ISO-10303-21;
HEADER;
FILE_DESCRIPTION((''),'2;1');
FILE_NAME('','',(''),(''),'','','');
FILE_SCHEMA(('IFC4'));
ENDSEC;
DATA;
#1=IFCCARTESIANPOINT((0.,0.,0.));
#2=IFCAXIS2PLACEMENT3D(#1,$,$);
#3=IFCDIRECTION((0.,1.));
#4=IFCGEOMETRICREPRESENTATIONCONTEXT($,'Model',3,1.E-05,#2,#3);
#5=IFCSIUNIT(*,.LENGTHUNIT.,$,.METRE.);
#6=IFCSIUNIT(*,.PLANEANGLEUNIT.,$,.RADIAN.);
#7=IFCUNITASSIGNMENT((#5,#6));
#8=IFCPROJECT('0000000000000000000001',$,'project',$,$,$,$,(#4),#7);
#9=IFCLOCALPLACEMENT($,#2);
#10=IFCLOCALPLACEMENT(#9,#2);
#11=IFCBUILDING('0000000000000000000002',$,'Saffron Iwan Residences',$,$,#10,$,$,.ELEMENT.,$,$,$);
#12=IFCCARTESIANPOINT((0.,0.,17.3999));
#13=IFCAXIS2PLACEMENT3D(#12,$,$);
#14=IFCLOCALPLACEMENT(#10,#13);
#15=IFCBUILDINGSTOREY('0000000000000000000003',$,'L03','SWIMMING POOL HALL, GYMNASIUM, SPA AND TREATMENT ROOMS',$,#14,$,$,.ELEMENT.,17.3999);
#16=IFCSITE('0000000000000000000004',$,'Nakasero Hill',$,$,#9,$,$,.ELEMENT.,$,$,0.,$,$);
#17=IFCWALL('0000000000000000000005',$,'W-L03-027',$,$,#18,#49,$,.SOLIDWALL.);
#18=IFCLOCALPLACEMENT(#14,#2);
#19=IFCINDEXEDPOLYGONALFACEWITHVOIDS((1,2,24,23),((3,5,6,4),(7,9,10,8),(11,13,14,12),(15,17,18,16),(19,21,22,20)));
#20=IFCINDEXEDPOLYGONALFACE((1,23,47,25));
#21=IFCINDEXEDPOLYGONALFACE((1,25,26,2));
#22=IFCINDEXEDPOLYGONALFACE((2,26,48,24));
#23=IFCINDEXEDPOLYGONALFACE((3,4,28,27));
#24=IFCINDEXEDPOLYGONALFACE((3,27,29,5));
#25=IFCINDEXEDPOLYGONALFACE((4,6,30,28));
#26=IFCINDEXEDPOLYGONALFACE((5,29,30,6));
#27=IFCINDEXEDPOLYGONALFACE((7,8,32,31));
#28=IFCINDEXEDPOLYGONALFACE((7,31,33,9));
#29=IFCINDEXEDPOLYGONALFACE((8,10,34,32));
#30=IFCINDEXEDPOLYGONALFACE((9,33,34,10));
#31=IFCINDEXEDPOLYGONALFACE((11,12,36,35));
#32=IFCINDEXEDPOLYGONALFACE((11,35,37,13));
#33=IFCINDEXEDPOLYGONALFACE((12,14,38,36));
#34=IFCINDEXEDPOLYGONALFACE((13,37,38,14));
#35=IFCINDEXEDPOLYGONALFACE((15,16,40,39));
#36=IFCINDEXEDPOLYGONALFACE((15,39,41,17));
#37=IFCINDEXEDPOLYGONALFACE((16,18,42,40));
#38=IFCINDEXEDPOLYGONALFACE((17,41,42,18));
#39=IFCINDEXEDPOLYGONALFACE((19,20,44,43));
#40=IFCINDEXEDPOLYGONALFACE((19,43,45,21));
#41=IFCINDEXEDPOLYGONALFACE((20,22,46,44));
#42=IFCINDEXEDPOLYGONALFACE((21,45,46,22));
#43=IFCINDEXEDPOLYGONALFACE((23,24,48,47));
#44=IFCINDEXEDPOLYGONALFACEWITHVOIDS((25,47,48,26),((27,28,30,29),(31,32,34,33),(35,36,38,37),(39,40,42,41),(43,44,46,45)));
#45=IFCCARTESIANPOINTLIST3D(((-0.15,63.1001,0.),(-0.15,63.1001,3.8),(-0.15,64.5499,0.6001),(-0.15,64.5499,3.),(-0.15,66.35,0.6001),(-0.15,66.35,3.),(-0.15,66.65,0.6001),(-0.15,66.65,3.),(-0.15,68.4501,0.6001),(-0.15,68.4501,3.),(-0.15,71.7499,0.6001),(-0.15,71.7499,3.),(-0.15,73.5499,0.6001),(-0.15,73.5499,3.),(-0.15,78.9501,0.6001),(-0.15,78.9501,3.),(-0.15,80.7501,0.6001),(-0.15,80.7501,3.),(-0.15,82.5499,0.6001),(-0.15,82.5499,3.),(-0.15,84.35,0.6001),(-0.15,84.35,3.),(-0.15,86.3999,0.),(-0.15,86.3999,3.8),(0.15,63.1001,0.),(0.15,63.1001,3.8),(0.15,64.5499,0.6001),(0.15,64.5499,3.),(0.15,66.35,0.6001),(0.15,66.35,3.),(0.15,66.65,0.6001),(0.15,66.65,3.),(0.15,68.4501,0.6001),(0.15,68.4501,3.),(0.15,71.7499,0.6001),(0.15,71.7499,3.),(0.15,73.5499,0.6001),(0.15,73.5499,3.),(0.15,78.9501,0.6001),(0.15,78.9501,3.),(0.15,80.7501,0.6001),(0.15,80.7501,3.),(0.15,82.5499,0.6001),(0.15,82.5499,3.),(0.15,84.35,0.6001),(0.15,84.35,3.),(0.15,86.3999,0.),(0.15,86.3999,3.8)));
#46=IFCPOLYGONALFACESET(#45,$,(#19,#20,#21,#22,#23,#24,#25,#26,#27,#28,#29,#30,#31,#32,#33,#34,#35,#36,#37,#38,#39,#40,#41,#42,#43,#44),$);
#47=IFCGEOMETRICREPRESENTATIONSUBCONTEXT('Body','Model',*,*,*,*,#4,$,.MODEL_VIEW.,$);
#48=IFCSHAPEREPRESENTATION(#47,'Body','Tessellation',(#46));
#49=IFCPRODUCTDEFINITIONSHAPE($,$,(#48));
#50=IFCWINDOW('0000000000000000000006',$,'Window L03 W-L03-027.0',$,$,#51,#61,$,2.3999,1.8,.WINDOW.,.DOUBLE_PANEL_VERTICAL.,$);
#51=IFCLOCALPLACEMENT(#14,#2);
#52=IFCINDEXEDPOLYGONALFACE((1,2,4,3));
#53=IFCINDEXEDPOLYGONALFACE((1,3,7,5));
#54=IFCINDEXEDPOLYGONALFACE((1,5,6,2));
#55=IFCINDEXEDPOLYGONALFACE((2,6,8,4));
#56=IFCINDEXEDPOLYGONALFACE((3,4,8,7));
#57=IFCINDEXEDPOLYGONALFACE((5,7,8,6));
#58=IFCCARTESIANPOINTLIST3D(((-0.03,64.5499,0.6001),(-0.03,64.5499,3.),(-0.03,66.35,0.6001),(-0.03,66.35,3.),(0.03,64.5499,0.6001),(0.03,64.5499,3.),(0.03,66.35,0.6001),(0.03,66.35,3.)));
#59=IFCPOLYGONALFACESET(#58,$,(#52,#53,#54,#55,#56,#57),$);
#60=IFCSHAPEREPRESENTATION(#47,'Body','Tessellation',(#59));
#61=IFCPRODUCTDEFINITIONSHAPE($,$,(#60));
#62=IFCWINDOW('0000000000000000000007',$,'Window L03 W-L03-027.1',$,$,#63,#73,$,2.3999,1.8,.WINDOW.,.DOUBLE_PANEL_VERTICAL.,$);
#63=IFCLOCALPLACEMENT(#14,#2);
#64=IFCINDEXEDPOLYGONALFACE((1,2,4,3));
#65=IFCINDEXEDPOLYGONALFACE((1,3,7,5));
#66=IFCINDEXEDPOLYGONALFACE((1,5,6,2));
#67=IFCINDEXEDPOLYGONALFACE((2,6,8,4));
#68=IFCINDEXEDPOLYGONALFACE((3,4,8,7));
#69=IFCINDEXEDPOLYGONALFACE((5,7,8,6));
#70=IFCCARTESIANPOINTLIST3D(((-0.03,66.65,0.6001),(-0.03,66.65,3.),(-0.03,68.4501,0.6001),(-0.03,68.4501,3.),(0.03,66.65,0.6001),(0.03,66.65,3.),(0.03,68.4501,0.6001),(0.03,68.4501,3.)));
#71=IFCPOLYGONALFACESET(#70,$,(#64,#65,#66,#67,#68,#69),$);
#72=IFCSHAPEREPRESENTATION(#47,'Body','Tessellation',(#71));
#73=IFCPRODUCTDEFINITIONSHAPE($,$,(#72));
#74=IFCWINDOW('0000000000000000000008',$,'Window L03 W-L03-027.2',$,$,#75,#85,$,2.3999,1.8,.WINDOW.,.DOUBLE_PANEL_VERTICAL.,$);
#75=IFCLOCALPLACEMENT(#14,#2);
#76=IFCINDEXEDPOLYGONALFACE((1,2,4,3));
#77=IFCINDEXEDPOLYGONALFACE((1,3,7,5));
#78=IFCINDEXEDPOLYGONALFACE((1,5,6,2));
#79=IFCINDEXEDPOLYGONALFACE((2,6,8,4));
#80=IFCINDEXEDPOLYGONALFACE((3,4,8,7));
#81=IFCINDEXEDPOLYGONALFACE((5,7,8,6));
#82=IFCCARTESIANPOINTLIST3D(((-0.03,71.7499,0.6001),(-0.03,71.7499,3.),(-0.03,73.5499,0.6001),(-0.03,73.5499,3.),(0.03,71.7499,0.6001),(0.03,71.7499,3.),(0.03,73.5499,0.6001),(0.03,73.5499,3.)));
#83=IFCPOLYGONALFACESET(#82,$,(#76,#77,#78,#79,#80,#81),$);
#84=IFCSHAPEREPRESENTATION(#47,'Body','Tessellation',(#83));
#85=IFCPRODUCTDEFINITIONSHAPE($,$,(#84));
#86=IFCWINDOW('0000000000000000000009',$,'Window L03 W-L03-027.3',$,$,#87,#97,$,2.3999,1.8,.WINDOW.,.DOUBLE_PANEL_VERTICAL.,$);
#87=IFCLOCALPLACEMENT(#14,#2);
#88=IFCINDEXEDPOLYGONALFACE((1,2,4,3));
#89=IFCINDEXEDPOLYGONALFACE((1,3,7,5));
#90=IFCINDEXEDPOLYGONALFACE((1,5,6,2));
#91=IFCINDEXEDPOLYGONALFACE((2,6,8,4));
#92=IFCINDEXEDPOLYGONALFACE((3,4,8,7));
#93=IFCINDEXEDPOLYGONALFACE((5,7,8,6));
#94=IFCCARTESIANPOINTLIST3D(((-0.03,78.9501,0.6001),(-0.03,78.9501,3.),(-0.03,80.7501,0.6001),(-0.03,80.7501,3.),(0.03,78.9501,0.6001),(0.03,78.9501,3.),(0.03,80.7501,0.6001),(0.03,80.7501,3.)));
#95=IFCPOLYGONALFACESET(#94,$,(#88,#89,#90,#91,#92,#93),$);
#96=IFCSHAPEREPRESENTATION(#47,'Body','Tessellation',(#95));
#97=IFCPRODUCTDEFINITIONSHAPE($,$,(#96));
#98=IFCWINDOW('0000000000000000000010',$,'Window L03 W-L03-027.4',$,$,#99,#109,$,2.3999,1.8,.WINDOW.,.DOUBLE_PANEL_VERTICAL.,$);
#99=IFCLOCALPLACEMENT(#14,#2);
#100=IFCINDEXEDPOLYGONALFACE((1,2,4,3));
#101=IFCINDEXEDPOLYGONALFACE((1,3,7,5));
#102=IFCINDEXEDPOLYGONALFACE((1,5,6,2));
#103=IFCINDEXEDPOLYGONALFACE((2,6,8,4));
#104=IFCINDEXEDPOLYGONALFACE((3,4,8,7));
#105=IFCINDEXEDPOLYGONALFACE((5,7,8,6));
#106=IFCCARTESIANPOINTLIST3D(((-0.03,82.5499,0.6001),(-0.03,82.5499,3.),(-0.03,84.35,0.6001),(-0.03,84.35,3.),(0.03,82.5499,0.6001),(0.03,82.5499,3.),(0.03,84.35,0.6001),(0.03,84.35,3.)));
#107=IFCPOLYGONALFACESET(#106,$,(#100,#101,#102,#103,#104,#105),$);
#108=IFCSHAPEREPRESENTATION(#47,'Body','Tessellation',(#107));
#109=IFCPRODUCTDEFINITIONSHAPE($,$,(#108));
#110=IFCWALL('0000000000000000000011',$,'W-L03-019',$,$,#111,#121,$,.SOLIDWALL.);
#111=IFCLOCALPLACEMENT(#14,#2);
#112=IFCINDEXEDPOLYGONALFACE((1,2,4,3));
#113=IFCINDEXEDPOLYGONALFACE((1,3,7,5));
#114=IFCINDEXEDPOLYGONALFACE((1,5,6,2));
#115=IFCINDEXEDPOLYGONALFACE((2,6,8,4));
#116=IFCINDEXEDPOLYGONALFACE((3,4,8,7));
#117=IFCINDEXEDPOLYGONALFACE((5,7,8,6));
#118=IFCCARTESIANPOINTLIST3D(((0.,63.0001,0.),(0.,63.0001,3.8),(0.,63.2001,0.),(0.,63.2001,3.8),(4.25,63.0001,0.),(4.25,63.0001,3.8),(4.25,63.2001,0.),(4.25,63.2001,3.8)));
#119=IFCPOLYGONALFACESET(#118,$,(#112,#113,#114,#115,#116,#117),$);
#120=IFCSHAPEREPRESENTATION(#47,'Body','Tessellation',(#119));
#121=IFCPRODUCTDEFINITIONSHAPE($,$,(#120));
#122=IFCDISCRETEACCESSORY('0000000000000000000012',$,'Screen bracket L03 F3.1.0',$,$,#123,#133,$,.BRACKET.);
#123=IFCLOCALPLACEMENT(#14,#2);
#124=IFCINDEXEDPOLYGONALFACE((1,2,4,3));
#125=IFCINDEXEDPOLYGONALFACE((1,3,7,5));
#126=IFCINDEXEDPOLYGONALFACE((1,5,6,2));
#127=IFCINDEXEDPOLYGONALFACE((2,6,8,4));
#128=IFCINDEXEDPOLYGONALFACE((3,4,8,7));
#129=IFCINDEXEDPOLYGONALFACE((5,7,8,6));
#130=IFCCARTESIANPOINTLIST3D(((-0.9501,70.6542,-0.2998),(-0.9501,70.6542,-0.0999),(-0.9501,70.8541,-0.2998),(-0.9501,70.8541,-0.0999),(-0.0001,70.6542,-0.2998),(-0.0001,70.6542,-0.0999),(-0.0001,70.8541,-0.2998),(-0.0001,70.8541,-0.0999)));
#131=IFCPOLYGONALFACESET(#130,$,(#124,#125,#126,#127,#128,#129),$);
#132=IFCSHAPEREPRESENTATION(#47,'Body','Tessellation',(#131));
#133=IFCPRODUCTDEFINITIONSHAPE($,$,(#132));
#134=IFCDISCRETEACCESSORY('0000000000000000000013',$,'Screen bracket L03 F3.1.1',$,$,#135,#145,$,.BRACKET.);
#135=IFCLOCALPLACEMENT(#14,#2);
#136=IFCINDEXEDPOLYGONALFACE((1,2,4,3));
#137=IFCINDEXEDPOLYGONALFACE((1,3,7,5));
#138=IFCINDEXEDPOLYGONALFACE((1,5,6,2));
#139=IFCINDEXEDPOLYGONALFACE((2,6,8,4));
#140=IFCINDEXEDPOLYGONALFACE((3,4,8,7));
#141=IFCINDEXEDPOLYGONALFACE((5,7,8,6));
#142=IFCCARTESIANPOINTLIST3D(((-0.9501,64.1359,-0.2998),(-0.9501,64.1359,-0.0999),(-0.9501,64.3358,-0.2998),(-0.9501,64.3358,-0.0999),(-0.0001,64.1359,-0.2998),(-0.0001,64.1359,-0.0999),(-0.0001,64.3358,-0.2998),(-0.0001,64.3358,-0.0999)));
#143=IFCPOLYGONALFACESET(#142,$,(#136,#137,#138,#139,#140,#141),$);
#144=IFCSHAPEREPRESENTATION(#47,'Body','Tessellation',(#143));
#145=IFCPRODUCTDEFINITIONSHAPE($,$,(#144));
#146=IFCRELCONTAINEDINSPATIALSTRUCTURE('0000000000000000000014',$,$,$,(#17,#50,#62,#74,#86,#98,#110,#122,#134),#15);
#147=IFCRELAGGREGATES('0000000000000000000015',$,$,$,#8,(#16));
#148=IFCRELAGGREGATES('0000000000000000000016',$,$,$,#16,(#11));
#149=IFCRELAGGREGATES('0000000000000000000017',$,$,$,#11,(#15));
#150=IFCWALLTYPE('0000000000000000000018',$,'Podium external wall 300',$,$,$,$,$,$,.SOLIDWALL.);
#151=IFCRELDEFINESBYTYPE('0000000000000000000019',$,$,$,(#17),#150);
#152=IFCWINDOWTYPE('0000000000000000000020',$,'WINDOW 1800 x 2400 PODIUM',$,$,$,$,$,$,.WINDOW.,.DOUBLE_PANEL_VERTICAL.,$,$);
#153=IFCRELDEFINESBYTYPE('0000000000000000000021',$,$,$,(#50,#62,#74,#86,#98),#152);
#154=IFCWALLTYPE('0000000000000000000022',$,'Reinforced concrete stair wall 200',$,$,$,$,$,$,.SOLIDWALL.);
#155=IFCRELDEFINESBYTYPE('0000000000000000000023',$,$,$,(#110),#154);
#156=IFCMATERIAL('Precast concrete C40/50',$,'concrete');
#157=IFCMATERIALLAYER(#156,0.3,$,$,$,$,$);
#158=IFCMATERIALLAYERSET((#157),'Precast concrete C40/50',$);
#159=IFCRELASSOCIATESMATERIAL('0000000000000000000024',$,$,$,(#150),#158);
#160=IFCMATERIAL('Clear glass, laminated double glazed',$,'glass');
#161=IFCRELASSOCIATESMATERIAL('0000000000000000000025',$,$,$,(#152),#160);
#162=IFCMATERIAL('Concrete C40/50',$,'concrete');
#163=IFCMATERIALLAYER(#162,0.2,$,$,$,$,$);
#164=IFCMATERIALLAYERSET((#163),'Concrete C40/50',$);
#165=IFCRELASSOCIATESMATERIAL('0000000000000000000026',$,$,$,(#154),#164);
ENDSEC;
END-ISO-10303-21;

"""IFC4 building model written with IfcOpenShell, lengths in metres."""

from ifc_helpers import new_model, si_unit, direction, frame, frame_2d, origin, origin_2d, place, context, subcontext, project, spatial, rectangle, extrude, source, transform, mapped, material, layer, layer_set, type_object, element, fill, save


model = new_model("IFC4")

# Units and contexts
model_context = context("Model", 3, precision=1e-05, world=origin(), true_north=direction((0.0, 1.0)))
body_context = subcontext(model_context, "Body", "Model", "MODEL_VIEW")
ifc_project = project(units=[si_unit("LENGTHUNIT", "METRE"), si_unit("PLANEANGLEUNIT", "RADIAN")], contexts=[model_context])

# Site, building, storey
site_placement = place(None, origin())
site = spatial("IfcSite", under=ifc_project, at=site_placement, Name="Nakasero Hill", CompositionType="ELEMENT", RefElevation=0.0)
building_placement = place(site_placement, origin())
building = spatial("IfcBuilding", under=site, at=building_placement, Name="Saffron Iwan Residences", CompositionType="ELEMENT")
storey_placement = place(building_placement, frame((0.0, 0.0, 17.3999)))
storey = spatial("IfcBuildingStorey", under=building, at=storey_placement, Name="L03", Description="SWIMMING POOL HALL, GYMNASIUM, SPA AND TREATMENT ROOMS", CompositionType="ELEMENT", Elevation=17.3999)

# Shared definitions
ifc_material_1 = material(Name="Concrete C40/50", Category="concrete")

# Wall, openings, windows
ifc_material_2 = material(Name="Precast concrete C40/50", Category="concrete")
ifc_layer_1 = layer(ifc_material_2, 0.3)
ifc_layer_set_1 = layer_set([ifc_layer_1], Name="Precast concrete C40/50")
wall_type_1 = type_object("IfcWallType", Name="Podium external wall 300", PredefinedType="SOLIDWALL", material=ifc_layer_set_1)
wall_1_placement = place(storey_placement, frame((0.0, 63.1001, 0.0), z_axis=(0.0, 0.0, 1.0), x_axis=(0.0, 1.0, 0.0)))
wall_1 = element("IfcWall", 1, at=wall_1_placement, inside=storey, type_object=wall_type_1, Name="W-L03-027", PredefinedType="SOLIDWALL", context=body_context, shape_type="SweptSolid", body=[
    extrude(rectangle(XDim=23.2998, YDim=0.3, at=frame_2d((11.6499, 0.0))), origin(), (0.0, 0.0, 1.0), 3.8),
])
opening_1_placement = place(wall_1_placement, frame((1.45, 0.0, 0.6001)))
opening_1 = element("IfcOpeningElement", 2, at=opening_1_placement, cuts=wall_1, PredefinedType="OPENING", context=body_context, shape_type="SweptSolid", body=[
    extrude(rectangle(XDim=1.8, YDim=2.3999, at=frame_2d((0.8999, 1.2))), frame((0.0, 0.1602, 0.0), z_axis=(0.0, -1.0, 0.0), x_axis=(1.0, 0.0, 0.0)), (0.0, 0.0, 1.0), 0.3201),
])
opening_2_placement = place(wall_1_placement, frame((3.55, 0.0, 0.6001)))
opening_2 = element("IfcOpeningElement", 3, at=opening_2_placement, cuts=wall_1, PredefinedType="OPENING", context=body_context, shape_type="SweptSolid", body=[
    extrude(rectangle(XDim=1.8, YDim=2.3999, at=frame_2d((0.8999, 1.2))), frame((0.0, 0.1602, 0.0), z_axis=(0.0, -1.0, 0.0), x_axis=(1.0, 0.0, 0.0)), (0.0, 0.0, 1.0), 0.3201),
])
opening_3_placement = place(wall_1_placement, frame((8.6499, 0.0, 0.6001)))
opening_3 = element("IfcOpeningElement", 4, at=opening_3_placement, cuts=wall_1, PredefinedType="OPENING", context=body_context, shape_type="SweptSolid", body=[
    extrude(rectangle(XDim=1.8, YDim=2.3999, at=frame_2d((0.8999, 1.2))), frame((0.0, 0.1602, 0.0), z_axis=(0.0, -1.0, 0.0), x_axis=(1.0, 0.0, 0.0)), (0.0, 0.0, 1.0), 0.3201),
])
opening_4_placement = place(wall_1_placement, frame((15.8501, 0.0, 0.6001)))
opening_4 = element("IfcOpeningElement", 5, at=opening_4_placement, cuts=wall_1, PredefinedType="OPENING", context=body_context, shape_type="SweptSolid", body=[
    extrude(rectangle(XDim=1.8, YDim=2.3999, at=frame_2d((0.8999, 1.2))), frame((0.0, 0.1602, 0.0), z_axis=(0.0, -1.0, 0.0), x_axis=(1.0, 0.0, 0.0)), (0.0, 0.0, 1.0), 0.3201),
])
opening_5_placement = place(wall_1_placement, frame((19.45, 0.0, 0.6001)))
opening_5 = element("IfcOpeningElement", 6, at=opening_5_placement, cuts=wall_1, PredefinedType="OPENING", context=body_context, shape_type="SweptSolid", body=[
    extrude(rectangle(XDim=1.8, YDim=2.3999, at=frame_2d((0.8999, 1.2))), frame((0.0, 0.1602, 0.0), z_axis=(0.0, -1.0, 0.0), x_axis=(1.0, 0.0, 0.0)), (0.0, 0.0, 1.0), 0.3201),
])
ifc_material_3 = material(Name="Clear glass, laminated double glazed", Category="glass")
window_type = type_object("IfcWindowType", Name="WINDOW 1800 x 2400 PODIUM", PartitioningType="DOUBLE_PANEL_VERTICAL", PredefinedType="WINDOW", material=ifc_material_3)
window_1_placement = place(opening_1_placement, origin())
window_1 = element("IfcWindow", 7, at=window_1_placement, inside=storey, type_object=window_type, Name="Window L03 W-L03-027.0", OverallHeight=2.3999, OverallWidth=1.8, PartitioningType="DOUBLE_PANEL_VERTICAL", PredefinedType="WINDOW", context=body_context, shape_type="SweptSolid", body=[
    extrude(rectangle(XDim=1.8, YDim=2.3999, at=frame_2d((0.8999, 1.2))), frame((0.0, 0.03, 0.0), z_axis=(0.0, -1.0, 0.0), x_axis=(1.0, 0.0, 0.0)), (0.0, 0.0, 1.0), 0.0601),
])
fill(opening_1, window_1)
window_2_placement = place(opening_2_placement, origin())
window_2 = element("IfcWindow", 8, at=window_2_placement, inside=storey, type_object=window_type, Name="Window L03 W-L03-027.1", OverallHeight=2.3999, OverallWidth=1.8, PartitioningType="DOUBLE_PANEL_VERTICAL", PredefinedType="WINDOW", context=body_context, shape_type="SweptSolid", body=[
    extrude(rectangle(XDim=1.8, YDim=2.3999, at=frame_2d((0.8999, 1.2))), frame((0.0, 0.03, 0.0), z_axis=(0.0, -1.0, 0.0), x_axis=(1.0, 0.0, 0.0)), (0.0, 0.0, 1.0), 0.0601),
])
fill(opening_2, window_2)
window_3_placement = place(opening_3_placement, origin())
window_3 = element("IfcWindow", 9, at=window_3_placement, inside=storey, type_object=window_type, Name="Window L03 W-L03-027.2", OverallHeight=2.3999, OverallWidth=1.8, PartitioningType="DOUBLE_PANEL_VERTICAL", PredefinedType="WINDOW", context=body_context, shape_type="SweptSolid", body=[
    extrude(rectangle(XDim=1.8, YDim=2.3999, at=frame_2d((0.8999, 1.2))), frame((0.0, 0.03, 0.0), z_axis=(0.0, -1.0, 0.0), x_axis=(1.0, 0.0, 0.0)), (0.0, 0.0, 1.0), 0.0601),
])
fill(opening_3, window_3)
window_4_placement = place(opening_4_placement, origin())
window_4 = element("IfcWindow", 10, at=window_4_placement, inside=storey, type_object=window_type, Name="Window L03 W-L03-027.3", OverallHeight=2.3999, OverallWidth=1.8, PartitioningType="DOUBLE_PANEL_VERTICAL", PredefinedType="WINDOW", context=body_context, shape_type="SweptSolid", body=[
    extrude(rectangle(XDim=1.8, YDim=2.3999, at=frame_2d((0.8999, 1.2))), frame((0.0, 0.03, 0.0), z_axis=(0.0, -1.0, 0.0), x_axis=(1.0, 0.0, 0.0)), (0.0, 0.0, 1.0), 0.0601),
])
fill(opening_4, window_4)
window_5_placement = place(opening_5_placement, origin())
window_5 = element("IfcWindow", 11, at=window_5_placement, inside=storey, type_object=window_type, Name="Window L03 W-L03-027.4", OverallHeight=2.3999, OverallWidth=1.8, PartitioningType="DOUBLE_PANEL_VERTICAL", PredefinedType="WINDOW", context=body_context, shape_type="SweptSolid", body=[
    extrude(rectangle(XDim=1.8, YDim=2.3999, at=frame_2d((0.8999, 1.2))), frame((0.0, 0.03, 0.0), z_axis=(0.0, -1.0, 0.0), x_axis=(1.0, 0.0, 0.0)), (0.0, 0.0, 1.0), 0.0601),
])
fill(opening_5, window_5)

# Wall
ifc_layer_2 = layer(ifc_material_1, 0.2)
ifc_layer_set_2 = layer_set([ifc_layer_2], Name="Concrete C40/50")
wall_type_2 = type_object("IfcWallType", Name="Reinforced concrete stair wall 200", PredefinedType="SOLIDWALL", material=ifc_layer_set_2)
wall_2_placement = place(storey_placement, frame((0.0, 63.1001, 0.0), z_axis=(0.0, 0.0, 1.0), x_axis=(1.0, 0.0, 0.0)))
element("IfcWall", 12, at=wall_2_placement, inside=storey, type_object=wall_type_2, Name="W-L03-019", PredefinedType="SOLIDWALL", context=body_context, shape_type="SweptSolid", body=[
    extrude(rectangle(XDim=4.25, YDim=0.2, at=frame_2d((2.125, 0.0))), origin(), (0.0, 0.0, 1.0), 3.8),
])

# Discrete accessories
shared_shape_1 = source(origin(), body_context, "Body", "SweptSolid", [
    extrude(rectangle(XDim=0.95, YDim=0.2, at=origin_2d()), origin(), (0.0, 0.0, 1.0), 0.2),
])
for number, where, z_axis, x_axis, name in (
    (13, (-0.4751, 70.7542, -0.2998), (0.0, 0.0, 1.0), (-1.0, 0.0, 0.0), "Screen bracket L03 F3.1.0"),
    (14, (-0.4751, 64.2358, -0.2998), (0.0, 0.0, 1.0), (-1.0, 0.0, 0.0), "Screen bracket L03 F3.1.1"),
):
    element("IfcDiscreteAccessory", number, at=place(storey_placement, frame(where, z_axis=z_axis, x_axis=x_axis)), inside=storey, Name=name, PredefinedType="BRACKET", context=body_context, shape_type="MappedRepresentation", body=[
        mapped(shared_shape_1, transform((0.0, 0.0, 0.0))),
    ])

save(model, "model.ifc")
